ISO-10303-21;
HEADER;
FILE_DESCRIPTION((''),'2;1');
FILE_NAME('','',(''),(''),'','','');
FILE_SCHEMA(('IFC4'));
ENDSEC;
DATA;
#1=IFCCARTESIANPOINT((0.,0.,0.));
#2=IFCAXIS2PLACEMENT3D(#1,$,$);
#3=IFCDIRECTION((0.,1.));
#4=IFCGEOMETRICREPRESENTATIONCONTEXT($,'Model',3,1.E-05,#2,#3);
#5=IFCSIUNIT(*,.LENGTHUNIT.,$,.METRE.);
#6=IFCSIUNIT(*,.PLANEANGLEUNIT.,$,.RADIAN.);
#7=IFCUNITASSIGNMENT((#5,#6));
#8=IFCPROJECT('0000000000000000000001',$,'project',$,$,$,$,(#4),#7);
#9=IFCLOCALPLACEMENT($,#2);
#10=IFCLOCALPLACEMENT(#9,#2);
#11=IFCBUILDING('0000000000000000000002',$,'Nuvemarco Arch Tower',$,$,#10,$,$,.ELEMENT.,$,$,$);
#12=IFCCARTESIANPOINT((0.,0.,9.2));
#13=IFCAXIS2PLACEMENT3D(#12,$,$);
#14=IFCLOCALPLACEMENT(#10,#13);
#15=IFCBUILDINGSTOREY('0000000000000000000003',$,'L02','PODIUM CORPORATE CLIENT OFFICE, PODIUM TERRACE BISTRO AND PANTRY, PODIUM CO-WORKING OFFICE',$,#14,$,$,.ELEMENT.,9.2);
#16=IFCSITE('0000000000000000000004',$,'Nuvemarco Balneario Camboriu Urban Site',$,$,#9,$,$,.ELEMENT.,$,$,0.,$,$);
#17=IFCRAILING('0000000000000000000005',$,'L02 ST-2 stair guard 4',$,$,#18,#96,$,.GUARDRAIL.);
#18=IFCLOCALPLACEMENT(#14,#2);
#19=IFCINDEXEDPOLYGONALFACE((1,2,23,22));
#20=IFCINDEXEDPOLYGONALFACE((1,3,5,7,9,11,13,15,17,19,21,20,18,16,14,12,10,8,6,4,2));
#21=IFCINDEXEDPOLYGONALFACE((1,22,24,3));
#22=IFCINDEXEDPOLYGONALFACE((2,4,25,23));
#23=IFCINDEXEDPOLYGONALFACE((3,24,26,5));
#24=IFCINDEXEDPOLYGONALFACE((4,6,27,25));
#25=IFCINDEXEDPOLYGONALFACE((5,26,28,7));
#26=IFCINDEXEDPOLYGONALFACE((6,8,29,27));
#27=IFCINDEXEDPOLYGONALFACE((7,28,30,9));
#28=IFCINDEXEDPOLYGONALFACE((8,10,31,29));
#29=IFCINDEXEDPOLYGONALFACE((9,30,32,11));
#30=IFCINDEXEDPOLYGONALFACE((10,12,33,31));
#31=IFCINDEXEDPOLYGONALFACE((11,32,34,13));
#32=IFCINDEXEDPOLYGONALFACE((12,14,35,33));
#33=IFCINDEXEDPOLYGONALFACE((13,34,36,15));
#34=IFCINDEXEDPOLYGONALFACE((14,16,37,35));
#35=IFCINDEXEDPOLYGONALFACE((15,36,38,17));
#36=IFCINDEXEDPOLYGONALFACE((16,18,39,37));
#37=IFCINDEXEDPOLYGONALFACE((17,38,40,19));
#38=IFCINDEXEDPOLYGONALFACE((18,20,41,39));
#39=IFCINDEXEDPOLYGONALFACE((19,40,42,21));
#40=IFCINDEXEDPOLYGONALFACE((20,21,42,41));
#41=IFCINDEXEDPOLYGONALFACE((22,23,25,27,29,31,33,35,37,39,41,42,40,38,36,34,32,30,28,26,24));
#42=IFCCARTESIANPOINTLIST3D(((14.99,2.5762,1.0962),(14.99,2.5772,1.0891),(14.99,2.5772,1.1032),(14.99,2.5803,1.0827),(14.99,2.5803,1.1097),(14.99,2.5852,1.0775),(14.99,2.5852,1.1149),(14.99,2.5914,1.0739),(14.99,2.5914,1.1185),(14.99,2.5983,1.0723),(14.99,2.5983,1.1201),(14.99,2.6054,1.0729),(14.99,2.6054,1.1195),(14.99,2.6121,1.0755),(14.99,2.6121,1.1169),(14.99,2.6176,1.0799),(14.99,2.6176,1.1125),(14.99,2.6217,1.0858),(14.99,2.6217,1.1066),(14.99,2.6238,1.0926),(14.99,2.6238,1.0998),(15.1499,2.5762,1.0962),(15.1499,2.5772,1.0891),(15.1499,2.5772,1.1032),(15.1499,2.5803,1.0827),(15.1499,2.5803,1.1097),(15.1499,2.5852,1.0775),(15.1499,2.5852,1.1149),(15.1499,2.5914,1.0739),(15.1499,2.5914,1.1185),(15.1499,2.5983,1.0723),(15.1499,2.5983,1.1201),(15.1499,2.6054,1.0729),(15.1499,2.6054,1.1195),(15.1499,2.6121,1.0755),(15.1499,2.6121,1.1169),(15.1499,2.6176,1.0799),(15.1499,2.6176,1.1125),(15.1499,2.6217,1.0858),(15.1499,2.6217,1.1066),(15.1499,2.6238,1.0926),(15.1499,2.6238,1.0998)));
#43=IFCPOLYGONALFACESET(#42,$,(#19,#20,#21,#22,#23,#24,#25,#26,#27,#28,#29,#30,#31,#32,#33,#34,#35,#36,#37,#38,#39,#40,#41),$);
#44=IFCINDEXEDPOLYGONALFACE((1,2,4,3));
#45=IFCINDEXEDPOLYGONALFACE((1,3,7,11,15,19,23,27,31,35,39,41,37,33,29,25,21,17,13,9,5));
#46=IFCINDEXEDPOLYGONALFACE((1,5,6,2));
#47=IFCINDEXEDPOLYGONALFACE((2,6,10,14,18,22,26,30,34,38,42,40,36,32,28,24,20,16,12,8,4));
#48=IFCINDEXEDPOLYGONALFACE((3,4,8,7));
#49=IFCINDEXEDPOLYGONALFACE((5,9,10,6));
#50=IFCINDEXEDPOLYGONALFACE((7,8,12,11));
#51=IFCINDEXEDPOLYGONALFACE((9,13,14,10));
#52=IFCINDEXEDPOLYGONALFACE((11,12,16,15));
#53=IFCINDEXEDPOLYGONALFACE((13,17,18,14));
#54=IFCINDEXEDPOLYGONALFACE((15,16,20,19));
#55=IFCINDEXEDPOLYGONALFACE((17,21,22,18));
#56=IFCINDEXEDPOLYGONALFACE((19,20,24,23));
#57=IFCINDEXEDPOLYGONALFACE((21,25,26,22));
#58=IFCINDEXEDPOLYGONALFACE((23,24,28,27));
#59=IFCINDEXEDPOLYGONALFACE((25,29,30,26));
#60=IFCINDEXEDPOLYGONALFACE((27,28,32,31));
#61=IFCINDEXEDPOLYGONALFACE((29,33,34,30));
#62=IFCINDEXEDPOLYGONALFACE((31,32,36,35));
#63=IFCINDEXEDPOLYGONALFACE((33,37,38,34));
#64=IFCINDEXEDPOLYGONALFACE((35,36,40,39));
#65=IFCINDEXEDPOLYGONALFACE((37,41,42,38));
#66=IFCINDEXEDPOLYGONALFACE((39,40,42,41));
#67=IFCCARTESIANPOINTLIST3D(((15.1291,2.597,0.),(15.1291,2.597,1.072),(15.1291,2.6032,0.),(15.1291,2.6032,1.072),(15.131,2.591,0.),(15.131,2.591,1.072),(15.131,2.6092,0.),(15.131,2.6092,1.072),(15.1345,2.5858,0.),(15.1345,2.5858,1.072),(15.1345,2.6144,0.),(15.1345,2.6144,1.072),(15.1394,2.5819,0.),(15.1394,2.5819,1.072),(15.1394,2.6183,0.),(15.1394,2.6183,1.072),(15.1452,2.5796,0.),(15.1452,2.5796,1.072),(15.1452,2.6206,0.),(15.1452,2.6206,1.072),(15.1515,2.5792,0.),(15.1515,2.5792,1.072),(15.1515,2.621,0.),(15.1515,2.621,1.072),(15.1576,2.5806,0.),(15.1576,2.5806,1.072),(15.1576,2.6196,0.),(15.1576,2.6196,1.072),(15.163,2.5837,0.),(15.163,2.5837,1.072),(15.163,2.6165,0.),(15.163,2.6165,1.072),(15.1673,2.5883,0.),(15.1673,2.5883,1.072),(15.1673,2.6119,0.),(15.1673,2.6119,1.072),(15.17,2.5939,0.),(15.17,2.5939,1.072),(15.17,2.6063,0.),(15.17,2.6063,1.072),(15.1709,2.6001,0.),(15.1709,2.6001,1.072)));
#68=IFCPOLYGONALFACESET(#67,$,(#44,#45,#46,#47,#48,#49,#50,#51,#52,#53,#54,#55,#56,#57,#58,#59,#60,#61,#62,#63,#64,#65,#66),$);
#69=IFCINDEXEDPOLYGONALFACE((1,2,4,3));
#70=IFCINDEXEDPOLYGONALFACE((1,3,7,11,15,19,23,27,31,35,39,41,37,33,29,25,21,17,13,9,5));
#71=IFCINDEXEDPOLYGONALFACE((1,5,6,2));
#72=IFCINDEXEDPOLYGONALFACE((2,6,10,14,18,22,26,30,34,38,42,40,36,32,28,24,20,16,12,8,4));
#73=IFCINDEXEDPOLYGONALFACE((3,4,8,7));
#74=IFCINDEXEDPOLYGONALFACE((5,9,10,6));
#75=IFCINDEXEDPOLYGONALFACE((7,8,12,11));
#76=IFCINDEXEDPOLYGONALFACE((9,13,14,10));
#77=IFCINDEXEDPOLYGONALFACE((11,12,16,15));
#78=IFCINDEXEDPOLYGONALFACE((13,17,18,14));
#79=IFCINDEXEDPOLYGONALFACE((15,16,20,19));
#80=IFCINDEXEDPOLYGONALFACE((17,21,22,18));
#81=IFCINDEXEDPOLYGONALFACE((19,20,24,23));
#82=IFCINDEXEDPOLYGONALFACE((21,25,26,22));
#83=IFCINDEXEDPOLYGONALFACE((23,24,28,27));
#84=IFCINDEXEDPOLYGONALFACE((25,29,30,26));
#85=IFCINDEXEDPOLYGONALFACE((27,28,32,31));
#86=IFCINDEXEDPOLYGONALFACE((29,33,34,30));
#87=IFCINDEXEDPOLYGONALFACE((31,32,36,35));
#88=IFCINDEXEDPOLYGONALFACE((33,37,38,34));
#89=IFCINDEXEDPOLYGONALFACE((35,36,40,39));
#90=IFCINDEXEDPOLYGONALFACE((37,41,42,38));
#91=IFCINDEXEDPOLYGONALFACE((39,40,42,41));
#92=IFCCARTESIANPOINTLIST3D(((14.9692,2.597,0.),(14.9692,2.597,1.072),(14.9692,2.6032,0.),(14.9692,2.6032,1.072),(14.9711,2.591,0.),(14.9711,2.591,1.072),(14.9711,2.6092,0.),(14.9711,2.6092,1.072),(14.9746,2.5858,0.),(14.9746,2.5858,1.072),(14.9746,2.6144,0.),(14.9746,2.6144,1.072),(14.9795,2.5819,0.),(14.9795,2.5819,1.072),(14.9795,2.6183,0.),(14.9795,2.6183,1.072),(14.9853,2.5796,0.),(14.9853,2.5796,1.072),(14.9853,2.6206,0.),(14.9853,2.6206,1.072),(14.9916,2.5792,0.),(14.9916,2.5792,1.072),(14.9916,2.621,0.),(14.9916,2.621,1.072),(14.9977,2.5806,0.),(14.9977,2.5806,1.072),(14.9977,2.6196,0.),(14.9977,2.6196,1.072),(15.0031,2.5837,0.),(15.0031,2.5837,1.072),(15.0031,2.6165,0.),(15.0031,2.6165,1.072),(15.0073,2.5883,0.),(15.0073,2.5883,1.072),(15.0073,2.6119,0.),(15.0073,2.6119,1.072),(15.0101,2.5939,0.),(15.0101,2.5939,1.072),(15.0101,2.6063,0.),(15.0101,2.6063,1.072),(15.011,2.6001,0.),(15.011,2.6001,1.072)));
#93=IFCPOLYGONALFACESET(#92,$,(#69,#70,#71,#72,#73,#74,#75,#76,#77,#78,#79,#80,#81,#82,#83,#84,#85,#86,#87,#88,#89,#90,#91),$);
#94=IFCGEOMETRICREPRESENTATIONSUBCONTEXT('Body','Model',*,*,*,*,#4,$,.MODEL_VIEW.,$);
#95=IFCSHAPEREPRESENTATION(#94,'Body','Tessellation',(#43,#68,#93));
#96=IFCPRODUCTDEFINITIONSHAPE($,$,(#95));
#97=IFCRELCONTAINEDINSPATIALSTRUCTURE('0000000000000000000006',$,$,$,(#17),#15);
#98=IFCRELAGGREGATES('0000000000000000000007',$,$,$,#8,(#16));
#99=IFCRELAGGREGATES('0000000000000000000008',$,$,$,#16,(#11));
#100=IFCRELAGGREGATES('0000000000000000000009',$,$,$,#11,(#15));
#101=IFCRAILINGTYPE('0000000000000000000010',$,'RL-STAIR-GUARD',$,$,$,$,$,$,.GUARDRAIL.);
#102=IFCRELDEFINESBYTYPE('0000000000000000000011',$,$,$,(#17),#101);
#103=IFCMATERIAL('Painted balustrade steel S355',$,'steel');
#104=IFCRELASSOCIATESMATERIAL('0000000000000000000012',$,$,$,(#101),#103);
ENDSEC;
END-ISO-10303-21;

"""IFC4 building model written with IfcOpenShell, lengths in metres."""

from ifc_helpers import new_model, si_unit, direction, frame, origin, origin_2d, place, context, subcontext, project, spatial, circle, extrude, material, type_object, element, save


model = new_model("IFC4")

# Units and contexts
model_context = context("Model", 3, precision=1e-05, world=origin(), true_north=direction((0.0, 1.0)))
body_context = subcontext(model_context, "Body", "Model", "MODEL_VIEW")
ifc_project = project(units=[si_unit("LENGTHUNIT", "METRE"), si_unit("PLANEANGLEUNIT", "RADIAN")], contexts=[model_context])

# Site, building, storey
site_placement = place(None, origin())
site = spatial("IfcSite", under=ifc_project, at=site_placement, Name="Nuvemarco Balneario Camboriu Urban Site", CompositionType="ELEMENT", RefElevation=0.0)
building_placement = place(site_placement, origin())
building = spatial("IfcBuilding", under=site, at=building_placement, Name="Nuvemarco Arch Tower", CompositionType="ELEMENT")
storey_placement = place(building_placement, frame((0.0, 0.0, 9.2)))
storey = spatial("IfcBuildingStorey", under=building, at=storey_placement, Name="L02", Description="PODIUM CORPORATE CLIENT OFFICE, PODIUM TERRACE BISTRO AND PANTRY, PODIUM CO-WORKING OFFICE", CompositionType="ELEMENT", Elevation=9.2)

# Railing
ifc_material_1 = material(Name="Painted balustrade steel S355", Category="steel")
railing_type_1 = type_object("IfcRailingType", Name="RL-STAIR-GUARD", PredefinedType="GUARDRAIL", material=ifc_material_1)
railing_1_placement = place(storey_placement, frame((15.1499, 2.6001, 0.0)))
element("IfcRailing", 1, at=railing_1_placement, inside=storey, type_object=railing_type_1, Name="L02 ST-2 stair guard 4", PredefinedType="GUARDRAIL", context=body_context, shape_type="SweptSolid", body=[
    extrude(circle(Radius=0.0239, at=origin_2d()), frame((0.0, 0.0, 1.0962), z_axis=(-1.0, 0.0, 0.0), x_axis=(0.0, -1.0, 0.0)), (0.0, 0.0, 1.0), 0.1599),
    extrude(circle(Radius=0.021, at=origin_2d()), origin(), (0.0, 0.0, 1.0), 1.072),
    extrude(circle(Radius=0.021, at=origin_2d()), frame((-0.1599, 0.0, 0.0)), (0.0, 0.0, 1.0), 1.072),
])

save(model, "model.ifc")
